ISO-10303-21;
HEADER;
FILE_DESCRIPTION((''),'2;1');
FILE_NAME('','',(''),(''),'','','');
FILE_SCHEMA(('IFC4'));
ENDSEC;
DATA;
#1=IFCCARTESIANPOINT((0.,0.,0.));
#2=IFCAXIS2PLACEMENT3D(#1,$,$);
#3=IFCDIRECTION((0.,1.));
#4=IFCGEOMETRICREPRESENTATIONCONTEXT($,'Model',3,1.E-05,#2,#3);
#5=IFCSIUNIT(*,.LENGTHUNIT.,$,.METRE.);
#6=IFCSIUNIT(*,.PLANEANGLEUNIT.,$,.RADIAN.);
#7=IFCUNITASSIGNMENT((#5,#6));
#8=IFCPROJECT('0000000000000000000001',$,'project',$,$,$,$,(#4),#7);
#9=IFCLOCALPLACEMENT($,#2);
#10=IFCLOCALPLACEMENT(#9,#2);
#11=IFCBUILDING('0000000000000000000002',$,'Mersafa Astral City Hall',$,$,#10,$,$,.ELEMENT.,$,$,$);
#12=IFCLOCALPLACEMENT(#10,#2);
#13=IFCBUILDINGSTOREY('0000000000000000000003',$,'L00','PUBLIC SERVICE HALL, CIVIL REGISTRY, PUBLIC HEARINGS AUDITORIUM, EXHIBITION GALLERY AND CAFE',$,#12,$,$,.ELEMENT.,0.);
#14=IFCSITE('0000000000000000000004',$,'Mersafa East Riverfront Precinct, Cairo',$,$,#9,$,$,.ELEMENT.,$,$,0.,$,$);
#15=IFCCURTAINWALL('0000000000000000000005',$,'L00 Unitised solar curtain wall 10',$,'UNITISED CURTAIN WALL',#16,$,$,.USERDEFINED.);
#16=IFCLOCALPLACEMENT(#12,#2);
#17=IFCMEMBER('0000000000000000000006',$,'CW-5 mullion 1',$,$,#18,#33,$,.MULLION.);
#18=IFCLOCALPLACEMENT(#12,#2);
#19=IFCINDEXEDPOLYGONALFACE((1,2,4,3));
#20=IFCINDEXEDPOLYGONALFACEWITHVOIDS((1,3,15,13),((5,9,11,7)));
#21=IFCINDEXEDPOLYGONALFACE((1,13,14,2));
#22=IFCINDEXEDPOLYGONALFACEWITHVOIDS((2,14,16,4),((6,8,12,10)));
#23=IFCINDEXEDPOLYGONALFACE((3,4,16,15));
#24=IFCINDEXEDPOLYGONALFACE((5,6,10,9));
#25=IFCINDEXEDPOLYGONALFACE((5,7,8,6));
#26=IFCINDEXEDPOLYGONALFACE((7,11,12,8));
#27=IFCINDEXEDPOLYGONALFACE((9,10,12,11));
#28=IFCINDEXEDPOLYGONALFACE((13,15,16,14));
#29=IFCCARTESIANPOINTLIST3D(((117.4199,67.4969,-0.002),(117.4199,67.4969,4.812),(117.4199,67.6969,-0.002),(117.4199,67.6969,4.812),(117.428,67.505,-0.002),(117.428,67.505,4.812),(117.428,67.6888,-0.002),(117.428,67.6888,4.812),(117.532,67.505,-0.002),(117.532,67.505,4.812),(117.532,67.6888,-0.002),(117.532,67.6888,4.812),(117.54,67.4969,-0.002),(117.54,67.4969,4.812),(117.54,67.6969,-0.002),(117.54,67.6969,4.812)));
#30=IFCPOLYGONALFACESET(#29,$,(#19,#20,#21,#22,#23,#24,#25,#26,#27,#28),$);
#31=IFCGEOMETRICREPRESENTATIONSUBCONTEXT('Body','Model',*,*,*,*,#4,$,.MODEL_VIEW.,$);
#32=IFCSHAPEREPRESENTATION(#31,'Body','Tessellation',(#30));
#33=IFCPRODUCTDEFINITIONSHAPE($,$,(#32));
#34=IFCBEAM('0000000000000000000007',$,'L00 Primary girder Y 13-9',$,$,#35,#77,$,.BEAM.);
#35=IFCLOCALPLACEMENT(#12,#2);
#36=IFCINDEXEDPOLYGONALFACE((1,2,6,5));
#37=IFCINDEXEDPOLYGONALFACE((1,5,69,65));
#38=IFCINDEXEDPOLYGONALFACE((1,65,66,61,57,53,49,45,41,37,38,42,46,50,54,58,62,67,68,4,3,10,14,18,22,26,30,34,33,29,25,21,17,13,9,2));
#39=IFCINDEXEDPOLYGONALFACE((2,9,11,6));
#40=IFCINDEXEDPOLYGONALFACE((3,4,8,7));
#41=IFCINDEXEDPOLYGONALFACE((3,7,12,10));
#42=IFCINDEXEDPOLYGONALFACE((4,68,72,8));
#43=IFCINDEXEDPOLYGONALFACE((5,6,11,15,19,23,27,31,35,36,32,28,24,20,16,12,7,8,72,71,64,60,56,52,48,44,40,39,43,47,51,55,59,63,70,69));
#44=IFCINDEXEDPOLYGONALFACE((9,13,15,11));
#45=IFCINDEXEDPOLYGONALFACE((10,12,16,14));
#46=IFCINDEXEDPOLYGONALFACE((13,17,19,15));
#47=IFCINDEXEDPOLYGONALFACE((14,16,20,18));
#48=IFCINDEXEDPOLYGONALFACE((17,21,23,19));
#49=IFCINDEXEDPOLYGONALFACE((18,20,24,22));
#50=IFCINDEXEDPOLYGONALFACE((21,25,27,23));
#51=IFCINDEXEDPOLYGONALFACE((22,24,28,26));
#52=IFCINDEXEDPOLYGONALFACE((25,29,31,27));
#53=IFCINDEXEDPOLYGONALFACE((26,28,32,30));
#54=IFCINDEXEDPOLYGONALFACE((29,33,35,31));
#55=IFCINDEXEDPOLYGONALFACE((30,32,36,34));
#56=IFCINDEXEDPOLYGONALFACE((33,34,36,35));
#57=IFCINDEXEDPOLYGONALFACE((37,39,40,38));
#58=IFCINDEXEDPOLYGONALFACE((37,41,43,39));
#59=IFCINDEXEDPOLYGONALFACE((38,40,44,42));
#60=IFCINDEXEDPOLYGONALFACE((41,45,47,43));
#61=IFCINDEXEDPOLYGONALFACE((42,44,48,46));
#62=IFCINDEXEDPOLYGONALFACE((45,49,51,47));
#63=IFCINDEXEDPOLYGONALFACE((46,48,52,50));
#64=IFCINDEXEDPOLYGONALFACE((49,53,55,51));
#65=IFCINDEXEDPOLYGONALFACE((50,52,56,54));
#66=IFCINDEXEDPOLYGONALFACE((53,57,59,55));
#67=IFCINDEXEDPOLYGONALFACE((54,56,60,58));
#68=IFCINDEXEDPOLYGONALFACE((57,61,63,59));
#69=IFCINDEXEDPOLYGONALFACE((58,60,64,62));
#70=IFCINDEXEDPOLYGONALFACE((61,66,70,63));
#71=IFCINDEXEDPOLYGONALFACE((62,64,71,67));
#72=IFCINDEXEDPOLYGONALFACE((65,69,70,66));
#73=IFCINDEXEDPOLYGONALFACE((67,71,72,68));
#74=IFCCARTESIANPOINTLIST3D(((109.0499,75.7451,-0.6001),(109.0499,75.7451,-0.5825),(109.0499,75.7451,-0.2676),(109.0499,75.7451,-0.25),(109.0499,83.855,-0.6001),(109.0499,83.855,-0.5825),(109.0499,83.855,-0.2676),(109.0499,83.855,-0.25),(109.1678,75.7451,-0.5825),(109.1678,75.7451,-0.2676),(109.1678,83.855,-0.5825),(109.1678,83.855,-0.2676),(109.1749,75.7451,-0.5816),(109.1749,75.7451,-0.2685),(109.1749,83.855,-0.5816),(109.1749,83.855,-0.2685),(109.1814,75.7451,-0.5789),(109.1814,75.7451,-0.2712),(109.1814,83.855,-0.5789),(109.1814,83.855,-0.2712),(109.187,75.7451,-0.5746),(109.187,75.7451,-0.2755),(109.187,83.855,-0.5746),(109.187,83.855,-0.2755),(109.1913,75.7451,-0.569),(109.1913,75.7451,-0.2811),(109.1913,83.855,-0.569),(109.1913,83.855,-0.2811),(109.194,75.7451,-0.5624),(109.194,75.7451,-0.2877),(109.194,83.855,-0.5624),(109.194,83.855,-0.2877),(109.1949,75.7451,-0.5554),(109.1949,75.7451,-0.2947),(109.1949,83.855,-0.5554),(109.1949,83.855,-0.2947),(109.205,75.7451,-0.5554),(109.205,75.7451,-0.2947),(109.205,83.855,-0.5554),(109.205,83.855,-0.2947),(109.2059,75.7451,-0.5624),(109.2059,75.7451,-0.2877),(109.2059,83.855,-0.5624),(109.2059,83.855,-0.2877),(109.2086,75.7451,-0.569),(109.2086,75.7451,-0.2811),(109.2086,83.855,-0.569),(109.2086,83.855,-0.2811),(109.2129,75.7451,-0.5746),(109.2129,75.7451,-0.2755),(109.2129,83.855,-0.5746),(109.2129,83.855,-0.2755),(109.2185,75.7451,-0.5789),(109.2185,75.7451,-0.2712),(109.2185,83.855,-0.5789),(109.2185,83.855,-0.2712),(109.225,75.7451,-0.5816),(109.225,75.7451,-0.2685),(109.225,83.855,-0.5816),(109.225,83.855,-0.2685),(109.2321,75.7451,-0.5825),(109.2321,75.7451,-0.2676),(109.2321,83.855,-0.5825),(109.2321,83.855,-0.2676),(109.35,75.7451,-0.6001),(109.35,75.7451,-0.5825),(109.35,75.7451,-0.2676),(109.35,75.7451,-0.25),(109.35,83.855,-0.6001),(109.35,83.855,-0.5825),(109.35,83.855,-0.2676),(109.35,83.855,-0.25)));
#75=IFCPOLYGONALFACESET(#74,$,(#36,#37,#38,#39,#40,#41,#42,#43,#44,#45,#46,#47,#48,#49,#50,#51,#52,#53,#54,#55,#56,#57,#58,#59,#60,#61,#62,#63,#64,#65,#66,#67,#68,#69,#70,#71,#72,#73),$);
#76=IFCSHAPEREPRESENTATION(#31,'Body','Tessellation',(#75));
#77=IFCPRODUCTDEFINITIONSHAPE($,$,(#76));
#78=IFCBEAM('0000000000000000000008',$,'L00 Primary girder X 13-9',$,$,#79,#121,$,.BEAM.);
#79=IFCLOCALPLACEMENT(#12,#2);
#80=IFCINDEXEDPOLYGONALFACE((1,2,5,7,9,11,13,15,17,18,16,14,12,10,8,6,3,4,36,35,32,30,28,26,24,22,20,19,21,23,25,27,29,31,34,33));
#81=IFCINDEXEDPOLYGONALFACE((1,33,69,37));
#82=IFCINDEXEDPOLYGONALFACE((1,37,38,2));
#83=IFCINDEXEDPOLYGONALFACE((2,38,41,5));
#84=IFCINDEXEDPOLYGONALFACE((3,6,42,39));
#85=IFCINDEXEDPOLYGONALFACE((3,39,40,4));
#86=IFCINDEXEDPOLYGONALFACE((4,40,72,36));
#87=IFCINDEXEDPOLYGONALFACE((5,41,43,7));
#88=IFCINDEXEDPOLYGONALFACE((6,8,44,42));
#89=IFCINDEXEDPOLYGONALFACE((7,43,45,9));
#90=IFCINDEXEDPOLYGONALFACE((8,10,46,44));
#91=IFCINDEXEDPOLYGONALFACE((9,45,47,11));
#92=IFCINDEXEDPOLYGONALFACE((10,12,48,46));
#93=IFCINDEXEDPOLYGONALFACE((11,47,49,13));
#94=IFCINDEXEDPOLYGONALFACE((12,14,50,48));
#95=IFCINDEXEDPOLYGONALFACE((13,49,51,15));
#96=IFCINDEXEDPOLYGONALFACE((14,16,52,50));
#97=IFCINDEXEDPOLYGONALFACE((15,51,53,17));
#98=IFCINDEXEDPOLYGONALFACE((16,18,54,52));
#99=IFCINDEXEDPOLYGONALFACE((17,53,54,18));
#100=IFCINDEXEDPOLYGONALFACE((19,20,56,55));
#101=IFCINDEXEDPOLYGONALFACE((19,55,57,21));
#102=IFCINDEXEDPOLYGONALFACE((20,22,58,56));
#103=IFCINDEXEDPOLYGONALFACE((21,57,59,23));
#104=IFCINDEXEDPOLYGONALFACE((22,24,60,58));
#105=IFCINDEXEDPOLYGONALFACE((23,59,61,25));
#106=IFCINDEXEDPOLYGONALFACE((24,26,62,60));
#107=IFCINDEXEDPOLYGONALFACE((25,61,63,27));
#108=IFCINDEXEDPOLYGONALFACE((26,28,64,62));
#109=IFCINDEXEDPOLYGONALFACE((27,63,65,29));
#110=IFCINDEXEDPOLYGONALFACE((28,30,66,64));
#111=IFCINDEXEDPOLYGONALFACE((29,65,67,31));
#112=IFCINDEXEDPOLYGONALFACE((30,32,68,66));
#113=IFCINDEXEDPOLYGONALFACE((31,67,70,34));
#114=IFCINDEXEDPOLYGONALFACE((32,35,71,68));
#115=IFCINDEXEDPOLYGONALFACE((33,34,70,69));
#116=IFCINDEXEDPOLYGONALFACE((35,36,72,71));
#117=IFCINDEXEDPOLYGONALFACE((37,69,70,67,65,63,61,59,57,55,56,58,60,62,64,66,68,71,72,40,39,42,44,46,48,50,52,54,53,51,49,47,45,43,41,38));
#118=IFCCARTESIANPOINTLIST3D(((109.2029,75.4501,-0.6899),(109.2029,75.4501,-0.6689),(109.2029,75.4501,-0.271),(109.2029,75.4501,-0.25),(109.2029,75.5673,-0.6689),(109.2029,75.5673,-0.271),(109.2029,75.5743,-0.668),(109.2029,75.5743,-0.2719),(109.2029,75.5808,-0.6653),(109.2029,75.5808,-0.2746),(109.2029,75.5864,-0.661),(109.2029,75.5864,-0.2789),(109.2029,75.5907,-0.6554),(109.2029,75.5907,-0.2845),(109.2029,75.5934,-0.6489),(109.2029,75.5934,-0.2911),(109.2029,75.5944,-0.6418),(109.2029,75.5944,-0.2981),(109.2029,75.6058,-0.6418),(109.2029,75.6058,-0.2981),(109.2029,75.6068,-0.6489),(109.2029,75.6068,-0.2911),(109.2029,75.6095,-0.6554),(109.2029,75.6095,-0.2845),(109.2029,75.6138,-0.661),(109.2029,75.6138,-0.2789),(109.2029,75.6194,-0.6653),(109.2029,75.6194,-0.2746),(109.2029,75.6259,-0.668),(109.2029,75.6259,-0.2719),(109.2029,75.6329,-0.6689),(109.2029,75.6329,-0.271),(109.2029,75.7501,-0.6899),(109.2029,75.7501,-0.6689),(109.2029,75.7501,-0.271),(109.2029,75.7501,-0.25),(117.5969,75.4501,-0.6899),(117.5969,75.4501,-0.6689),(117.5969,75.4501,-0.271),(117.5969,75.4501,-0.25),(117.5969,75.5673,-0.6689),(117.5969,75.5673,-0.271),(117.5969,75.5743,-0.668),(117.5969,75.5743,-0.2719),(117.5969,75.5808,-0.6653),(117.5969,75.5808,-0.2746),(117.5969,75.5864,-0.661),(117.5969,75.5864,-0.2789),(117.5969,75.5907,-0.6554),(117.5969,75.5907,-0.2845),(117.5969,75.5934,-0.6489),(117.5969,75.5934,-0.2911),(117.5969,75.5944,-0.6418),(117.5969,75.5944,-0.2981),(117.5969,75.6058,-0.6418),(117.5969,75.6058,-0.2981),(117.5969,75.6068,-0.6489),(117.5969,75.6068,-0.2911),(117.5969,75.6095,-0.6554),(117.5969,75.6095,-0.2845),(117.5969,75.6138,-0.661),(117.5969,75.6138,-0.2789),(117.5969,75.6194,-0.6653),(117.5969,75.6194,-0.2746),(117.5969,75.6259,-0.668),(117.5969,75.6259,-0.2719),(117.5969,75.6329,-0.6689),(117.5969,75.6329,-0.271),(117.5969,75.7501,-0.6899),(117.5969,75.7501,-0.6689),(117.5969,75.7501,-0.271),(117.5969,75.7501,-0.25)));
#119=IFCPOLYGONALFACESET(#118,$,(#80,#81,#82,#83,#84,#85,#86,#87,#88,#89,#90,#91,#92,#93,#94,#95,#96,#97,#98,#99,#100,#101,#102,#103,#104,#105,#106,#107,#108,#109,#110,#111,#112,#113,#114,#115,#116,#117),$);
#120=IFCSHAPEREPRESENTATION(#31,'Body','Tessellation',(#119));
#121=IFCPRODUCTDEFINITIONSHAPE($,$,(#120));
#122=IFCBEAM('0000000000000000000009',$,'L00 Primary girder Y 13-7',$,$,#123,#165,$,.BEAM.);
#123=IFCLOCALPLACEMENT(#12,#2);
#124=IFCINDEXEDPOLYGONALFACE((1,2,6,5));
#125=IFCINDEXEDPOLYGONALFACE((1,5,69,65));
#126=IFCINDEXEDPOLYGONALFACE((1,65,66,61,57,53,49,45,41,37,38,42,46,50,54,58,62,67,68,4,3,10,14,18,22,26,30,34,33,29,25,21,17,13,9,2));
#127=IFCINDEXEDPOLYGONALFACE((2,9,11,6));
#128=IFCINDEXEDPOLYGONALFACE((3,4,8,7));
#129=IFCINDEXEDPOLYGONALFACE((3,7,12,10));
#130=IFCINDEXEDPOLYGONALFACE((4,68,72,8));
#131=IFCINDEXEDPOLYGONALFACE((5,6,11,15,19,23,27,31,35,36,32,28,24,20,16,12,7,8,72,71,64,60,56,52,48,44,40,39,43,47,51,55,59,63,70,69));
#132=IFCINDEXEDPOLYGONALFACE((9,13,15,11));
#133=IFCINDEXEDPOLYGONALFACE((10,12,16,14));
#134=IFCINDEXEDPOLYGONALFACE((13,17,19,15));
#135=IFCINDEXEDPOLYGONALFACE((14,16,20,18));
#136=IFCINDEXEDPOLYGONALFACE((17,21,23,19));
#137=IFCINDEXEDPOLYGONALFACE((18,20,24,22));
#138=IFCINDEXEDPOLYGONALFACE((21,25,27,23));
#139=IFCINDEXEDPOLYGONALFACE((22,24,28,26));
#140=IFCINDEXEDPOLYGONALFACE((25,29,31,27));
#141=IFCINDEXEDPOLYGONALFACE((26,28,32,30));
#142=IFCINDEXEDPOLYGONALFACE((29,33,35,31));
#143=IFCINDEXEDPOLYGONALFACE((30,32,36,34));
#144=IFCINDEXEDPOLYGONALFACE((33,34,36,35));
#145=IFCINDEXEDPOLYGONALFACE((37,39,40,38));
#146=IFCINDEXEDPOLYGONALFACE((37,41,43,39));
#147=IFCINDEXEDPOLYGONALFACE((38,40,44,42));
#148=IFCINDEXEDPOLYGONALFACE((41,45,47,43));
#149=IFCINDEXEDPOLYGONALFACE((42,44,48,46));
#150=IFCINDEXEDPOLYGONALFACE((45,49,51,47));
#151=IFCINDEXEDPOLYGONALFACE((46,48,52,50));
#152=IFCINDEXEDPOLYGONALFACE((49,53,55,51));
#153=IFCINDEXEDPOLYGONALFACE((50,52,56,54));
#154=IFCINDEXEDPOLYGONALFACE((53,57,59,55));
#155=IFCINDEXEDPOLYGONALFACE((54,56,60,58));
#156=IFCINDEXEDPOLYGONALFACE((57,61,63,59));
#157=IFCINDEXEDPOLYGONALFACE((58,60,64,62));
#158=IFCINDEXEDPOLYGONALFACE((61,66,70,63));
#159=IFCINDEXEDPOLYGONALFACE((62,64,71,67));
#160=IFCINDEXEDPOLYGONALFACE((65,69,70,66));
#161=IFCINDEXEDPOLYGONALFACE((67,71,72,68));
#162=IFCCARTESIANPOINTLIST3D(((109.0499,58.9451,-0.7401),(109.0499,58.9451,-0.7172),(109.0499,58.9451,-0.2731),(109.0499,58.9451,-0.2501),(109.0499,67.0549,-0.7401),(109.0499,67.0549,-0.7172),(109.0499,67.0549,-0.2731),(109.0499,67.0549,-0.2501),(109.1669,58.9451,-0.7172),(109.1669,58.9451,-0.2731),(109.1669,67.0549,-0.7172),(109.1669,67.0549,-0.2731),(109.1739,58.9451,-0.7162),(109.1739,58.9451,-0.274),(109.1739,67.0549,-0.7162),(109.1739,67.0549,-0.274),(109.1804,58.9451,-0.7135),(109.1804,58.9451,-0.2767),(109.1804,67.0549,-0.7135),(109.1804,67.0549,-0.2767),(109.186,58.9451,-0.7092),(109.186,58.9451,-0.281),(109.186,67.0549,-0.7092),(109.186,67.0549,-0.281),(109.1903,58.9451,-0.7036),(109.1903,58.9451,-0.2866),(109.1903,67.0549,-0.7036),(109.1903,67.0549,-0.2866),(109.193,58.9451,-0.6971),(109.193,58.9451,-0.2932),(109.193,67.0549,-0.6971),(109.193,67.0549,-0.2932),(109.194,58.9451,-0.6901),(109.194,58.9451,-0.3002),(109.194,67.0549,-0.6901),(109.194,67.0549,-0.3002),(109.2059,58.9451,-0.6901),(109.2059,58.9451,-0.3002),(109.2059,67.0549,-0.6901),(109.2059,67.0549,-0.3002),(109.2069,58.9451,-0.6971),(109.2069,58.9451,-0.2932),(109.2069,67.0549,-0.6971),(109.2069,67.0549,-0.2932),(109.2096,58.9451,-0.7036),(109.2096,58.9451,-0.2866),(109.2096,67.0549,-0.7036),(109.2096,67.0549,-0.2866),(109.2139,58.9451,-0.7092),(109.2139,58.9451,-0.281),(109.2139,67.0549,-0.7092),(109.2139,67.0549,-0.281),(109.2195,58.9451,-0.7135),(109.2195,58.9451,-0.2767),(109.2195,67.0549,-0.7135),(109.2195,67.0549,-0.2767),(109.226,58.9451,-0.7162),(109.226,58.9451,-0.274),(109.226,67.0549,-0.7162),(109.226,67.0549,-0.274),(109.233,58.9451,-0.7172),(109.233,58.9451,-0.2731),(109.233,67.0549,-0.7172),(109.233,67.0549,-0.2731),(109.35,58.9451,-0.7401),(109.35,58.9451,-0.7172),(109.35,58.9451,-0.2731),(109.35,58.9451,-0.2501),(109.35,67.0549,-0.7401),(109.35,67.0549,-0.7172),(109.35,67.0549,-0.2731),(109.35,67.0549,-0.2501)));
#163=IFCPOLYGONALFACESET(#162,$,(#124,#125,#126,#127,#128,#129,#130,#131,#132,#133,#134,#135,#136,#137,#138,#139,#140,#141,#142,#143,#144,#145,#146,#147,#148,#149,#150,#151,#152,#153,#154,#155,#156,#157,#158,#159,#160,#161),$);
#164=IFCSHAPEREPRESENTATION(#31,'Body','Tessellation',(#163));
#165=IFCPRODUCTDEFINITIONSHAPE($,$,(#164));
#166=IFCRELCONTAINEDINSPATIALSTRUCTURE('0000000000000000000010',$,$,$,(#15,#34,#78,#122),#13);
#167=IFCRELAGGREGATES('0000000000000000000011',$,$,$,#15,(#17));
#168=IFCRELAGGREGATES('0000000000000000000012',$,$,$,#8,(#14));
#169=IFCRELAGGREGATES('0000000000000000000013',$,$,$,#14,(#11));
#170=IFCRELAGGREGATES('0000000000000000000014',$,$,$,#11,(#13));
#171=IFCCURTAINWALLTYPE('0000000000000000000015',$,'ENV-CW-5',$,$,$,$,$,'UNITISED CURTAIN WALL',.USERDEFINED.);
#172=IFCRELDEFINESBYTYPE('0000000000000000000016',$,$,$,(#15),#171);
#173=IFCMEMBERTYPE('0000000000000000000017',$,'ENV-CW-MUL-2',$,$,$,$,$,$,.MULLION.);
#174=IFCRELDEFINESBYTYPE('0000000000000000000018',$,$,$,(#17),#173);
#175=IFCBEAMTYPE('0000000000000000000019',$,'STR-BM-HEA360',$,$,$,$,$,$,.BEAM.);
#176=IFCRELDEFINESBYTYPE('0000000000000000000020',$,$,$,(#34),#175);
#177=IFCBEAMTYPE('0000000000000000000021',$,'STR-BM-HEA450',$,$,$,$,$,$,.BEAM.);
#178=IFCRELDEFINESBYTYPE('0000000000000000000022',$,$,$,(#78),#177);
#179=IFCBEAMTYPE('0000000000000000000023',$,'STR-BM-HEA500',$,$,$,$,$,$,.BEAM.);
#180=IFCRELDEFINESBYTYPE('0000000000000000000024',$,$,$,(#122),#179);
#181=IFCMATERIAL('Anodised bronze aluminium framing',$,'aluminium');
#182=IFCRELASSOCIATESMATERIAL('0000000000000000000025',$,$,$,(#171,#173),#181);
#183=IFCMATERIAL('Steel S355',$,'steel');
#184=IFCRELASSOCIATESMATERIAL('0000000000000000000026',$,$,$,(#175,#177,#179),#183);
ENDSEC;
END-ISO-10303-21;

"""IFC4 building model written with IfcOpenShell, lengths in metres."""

from ifc_helpers import new_model, si_unit, direction, frame, origin, origin_2d, place, context, subcontext, project, spatial, hollow_rectangle, i_section, extrude, material, material_profile, profile_set, type_object, element, aggregate, save


model = new_model("IFC4")

# Units and contexts
model_context = context("Model", 3, precision=1e-05, world=origin(), true_north=direction((0.0, 1.0)))
body_context = subcontext(model_context, "Body", "Model", "MODEL_VIEW")
ifc_project = project(units=[si_unit("LENGTHUNIT", "METRE"), si_unit("PLANEANGLEUNIT", "RADIAN")], contexts=[model_context])

# Site, building, storey
site_placement = place(None, origin())
site = spatial("IfcSite", under=ifc_project, at=site_placement, Name="Mersafa East Riverfront Precinct, Cairo", CompositionType="ELEMENT", RefElevation=0.0)
building_placement = place(site_placement, origin())
building = spatial("IfcBuilding", under=site, at=building_placement, Name="Mersafa Astral City Hall", CompositionType="ELEMENT")
storey_placement = place(building_placement, origin())
storey = spatial("IfcBuildingStorey", under=building, at=storey_placement, Name="L00", Description="PUBLIC SERVICE HALL, CIVIL REGISTRY, PUBLIC HEARINGS AUDITORIUM, EXHIBITION GALLERY AND CAFE", CompositionType="ELEMENT", Elevation=0.0)

# Curtain wall, member
ifc_material_1 = material(Name="Anodised bronze aluminium framing", Category="aluminium")
curtain_wall_type = type_object("IfcCurtainWallType", Name="ENV-CW-5", ElementType="UNITISED CURTAIN WALL", PredefinedType="USERDEFINED", material=ifc_material_1)
curtain_wall_placement = place(storey_placement, origin())
curtain_wall = element("IfcCurtainWall", 1, at=curtain_wall_placement, inside=storey, type_object=curtain_wall_type, Name="L00 Unitised solar curtain wall 10", ObjectType="UNITISED CURTAIN WALL", PredefinedType="USERDEFINED")
ifc_material_profile_1 = material_profile(ifc_material_1, hollow_rectangle(XDim=0.1201, YDim=0.2, WallThickness=0.0081, at=origin_2d()), Name="RHS 120x200x8")
ifc_profile_set_1 = profile_set([ifc_material_profile_1], Name="Anodised bronze aluminium framing")
member_type = type_object("IfcMemberType", Name="ENV-CW-MUL-2", PredefinedType="MULLION", material=ifc_profile_set_1)
member_placement = place(storey_placement, frame((117.48, 67.5969, -0.002), z_axis=(0.0, 0.0, 1.0), x_axis=(-1.0, 0.0, 0.0)))
member = element("IfcMember", 2, at=member_placement, type_object=member_type, Name="CW-5 mullion 1", PredefinedType="MULLION", context=body_context, shape_type="SweptSolid", body=[
    extrude(hollow_rectangle(XDim=0.1201, YDim=0.2, WallThickness=0.0081, at=origin_2d()), origin(), (0.0, 0.0, 1.0), 4.814),
])
aggregate(curtain_wall, [member])

# Beams
ifc_material_2 = material(Name="Steel S355", Category="steel")
ifc_material_profile_2 = material_profile(ifc_material_2, i_section(OverallWidth=0.3, OverallDepth=0.3501, WebThickness=0.01, FlangeThickness=0.0176, FilletRadius=0.0271, at=origin_2d()), Name="HEA 360")
ifc_profile_set_2 = profile_set([ifc_material_profile_2], Name="Steel S355")
beam_type_1 = type_object("IfcBeamType", Name="STR-BM-HEA360", PredefinedType="BEAM", material=ifc_profile_set_2)
beam_1_placement = place(storey_placement, frame((109.2, 75.7451, -0.425), z_axis=(0.0, 1.0, 0.0), x_axis=(-1.0, 0.0, 0.0)))
element("IfcBeam", 3, at=beam_1_placement, inside=storey, type_object=beam_type_1, Name="L00 Primary girder Y 13-9", PredefinedType="BEAM", context=body_context, shape_type="SweptSolid", body=[
    extrude(i_section(OverallWidth=0.3, OverallDepth=0.3501, WebThickness=0.01, FlangeThickness=0.0176, FilletRadius=0.0271, at=origin_2d()), origin(), (0.0, 0.0, 1.0), 8.1099),
])
ifc_material_profile_3 = material_profile(ifc_material_2, i_section(OverallWidth=0.3, OverallDepth=0.4399, WebThickness=0.0115, FlangeThickness=0.021, FilletRadius=0.0271, at=origin_2d()), Name="HEA 450")
ifc_profile_set_3 = profile_set([ifc_material_profile_3], Name="Steel S355")
beam_type_2 = type_object("IfcBeamType", Name="STR-BM-HEA450", PredefinedType="BEAM", material=ifc_profile_set_3)
beam_2_placement = place(storey_placement, frame((109.2029, 75.6001, -0.47), z_axis=(1.0, 0.0, 0.0), x_axis=(0.0, 1.0, 0.0)))
element("IfcBeam", 4, at=beam_2_placement, inside=storey, type_object=beam_type_2, Name="L00 Primary girder X 13-9", PredefinedType="BEAM", context=body_context, shape_type="SweptSolid", body=[
    extrude(i_section(OverallWidth=0.3, OverallDepth=0.4399, WebThickness=0.0115, FlangeThickness=0.021, FilletRadius=0.0271, at=origin_2d()), origin(), (0.0, 0.0, 1.0), 8.394),
])
ifc_material_profile_4 = material_profile(ifc_material_2, i_section(OverallWidth=0.3, OverallDepth=0.49, WebThickness=0.012, FlangeThickness=0.0229, FilletRadius=0.0271, at=origin_2d()), Name="HEA 500")
ifc_profile_set_4 = profile_set([ifc_material_profile_4], Name="Steel S355")
beam_type_3 = type_object("IfcBeamType", Name="STR-BM-HEA500", PredefinedType="BEAM", material=ifc_profile_set_4)
beam_3_placement = place(storey_placement, frame((109.2, 58.9451, -0.4951), z_axis=(0.0, 1.0, 0.0), x_axis=(-1.0, 0.0, 0.0)))
element("IfcBeam", 5, at=beam_3_placement, inside=storey, type_object=beam_type_3, Name="L00 Primary girder Y 13-7", PredefinedType="BEAM", context=body_context, shape_type="SweptSolid", body=[
    extrude(i_section(OverallWidth=0.3, OverallDepth=0.49, WebThickness=0.012, FlangeThickness=0.0229, FilletRadius=0.0271, at=origin_2d()), origin(), (0.0, 0.0, 1.0), 8.1099),
])

save(model, "model.ifc")
